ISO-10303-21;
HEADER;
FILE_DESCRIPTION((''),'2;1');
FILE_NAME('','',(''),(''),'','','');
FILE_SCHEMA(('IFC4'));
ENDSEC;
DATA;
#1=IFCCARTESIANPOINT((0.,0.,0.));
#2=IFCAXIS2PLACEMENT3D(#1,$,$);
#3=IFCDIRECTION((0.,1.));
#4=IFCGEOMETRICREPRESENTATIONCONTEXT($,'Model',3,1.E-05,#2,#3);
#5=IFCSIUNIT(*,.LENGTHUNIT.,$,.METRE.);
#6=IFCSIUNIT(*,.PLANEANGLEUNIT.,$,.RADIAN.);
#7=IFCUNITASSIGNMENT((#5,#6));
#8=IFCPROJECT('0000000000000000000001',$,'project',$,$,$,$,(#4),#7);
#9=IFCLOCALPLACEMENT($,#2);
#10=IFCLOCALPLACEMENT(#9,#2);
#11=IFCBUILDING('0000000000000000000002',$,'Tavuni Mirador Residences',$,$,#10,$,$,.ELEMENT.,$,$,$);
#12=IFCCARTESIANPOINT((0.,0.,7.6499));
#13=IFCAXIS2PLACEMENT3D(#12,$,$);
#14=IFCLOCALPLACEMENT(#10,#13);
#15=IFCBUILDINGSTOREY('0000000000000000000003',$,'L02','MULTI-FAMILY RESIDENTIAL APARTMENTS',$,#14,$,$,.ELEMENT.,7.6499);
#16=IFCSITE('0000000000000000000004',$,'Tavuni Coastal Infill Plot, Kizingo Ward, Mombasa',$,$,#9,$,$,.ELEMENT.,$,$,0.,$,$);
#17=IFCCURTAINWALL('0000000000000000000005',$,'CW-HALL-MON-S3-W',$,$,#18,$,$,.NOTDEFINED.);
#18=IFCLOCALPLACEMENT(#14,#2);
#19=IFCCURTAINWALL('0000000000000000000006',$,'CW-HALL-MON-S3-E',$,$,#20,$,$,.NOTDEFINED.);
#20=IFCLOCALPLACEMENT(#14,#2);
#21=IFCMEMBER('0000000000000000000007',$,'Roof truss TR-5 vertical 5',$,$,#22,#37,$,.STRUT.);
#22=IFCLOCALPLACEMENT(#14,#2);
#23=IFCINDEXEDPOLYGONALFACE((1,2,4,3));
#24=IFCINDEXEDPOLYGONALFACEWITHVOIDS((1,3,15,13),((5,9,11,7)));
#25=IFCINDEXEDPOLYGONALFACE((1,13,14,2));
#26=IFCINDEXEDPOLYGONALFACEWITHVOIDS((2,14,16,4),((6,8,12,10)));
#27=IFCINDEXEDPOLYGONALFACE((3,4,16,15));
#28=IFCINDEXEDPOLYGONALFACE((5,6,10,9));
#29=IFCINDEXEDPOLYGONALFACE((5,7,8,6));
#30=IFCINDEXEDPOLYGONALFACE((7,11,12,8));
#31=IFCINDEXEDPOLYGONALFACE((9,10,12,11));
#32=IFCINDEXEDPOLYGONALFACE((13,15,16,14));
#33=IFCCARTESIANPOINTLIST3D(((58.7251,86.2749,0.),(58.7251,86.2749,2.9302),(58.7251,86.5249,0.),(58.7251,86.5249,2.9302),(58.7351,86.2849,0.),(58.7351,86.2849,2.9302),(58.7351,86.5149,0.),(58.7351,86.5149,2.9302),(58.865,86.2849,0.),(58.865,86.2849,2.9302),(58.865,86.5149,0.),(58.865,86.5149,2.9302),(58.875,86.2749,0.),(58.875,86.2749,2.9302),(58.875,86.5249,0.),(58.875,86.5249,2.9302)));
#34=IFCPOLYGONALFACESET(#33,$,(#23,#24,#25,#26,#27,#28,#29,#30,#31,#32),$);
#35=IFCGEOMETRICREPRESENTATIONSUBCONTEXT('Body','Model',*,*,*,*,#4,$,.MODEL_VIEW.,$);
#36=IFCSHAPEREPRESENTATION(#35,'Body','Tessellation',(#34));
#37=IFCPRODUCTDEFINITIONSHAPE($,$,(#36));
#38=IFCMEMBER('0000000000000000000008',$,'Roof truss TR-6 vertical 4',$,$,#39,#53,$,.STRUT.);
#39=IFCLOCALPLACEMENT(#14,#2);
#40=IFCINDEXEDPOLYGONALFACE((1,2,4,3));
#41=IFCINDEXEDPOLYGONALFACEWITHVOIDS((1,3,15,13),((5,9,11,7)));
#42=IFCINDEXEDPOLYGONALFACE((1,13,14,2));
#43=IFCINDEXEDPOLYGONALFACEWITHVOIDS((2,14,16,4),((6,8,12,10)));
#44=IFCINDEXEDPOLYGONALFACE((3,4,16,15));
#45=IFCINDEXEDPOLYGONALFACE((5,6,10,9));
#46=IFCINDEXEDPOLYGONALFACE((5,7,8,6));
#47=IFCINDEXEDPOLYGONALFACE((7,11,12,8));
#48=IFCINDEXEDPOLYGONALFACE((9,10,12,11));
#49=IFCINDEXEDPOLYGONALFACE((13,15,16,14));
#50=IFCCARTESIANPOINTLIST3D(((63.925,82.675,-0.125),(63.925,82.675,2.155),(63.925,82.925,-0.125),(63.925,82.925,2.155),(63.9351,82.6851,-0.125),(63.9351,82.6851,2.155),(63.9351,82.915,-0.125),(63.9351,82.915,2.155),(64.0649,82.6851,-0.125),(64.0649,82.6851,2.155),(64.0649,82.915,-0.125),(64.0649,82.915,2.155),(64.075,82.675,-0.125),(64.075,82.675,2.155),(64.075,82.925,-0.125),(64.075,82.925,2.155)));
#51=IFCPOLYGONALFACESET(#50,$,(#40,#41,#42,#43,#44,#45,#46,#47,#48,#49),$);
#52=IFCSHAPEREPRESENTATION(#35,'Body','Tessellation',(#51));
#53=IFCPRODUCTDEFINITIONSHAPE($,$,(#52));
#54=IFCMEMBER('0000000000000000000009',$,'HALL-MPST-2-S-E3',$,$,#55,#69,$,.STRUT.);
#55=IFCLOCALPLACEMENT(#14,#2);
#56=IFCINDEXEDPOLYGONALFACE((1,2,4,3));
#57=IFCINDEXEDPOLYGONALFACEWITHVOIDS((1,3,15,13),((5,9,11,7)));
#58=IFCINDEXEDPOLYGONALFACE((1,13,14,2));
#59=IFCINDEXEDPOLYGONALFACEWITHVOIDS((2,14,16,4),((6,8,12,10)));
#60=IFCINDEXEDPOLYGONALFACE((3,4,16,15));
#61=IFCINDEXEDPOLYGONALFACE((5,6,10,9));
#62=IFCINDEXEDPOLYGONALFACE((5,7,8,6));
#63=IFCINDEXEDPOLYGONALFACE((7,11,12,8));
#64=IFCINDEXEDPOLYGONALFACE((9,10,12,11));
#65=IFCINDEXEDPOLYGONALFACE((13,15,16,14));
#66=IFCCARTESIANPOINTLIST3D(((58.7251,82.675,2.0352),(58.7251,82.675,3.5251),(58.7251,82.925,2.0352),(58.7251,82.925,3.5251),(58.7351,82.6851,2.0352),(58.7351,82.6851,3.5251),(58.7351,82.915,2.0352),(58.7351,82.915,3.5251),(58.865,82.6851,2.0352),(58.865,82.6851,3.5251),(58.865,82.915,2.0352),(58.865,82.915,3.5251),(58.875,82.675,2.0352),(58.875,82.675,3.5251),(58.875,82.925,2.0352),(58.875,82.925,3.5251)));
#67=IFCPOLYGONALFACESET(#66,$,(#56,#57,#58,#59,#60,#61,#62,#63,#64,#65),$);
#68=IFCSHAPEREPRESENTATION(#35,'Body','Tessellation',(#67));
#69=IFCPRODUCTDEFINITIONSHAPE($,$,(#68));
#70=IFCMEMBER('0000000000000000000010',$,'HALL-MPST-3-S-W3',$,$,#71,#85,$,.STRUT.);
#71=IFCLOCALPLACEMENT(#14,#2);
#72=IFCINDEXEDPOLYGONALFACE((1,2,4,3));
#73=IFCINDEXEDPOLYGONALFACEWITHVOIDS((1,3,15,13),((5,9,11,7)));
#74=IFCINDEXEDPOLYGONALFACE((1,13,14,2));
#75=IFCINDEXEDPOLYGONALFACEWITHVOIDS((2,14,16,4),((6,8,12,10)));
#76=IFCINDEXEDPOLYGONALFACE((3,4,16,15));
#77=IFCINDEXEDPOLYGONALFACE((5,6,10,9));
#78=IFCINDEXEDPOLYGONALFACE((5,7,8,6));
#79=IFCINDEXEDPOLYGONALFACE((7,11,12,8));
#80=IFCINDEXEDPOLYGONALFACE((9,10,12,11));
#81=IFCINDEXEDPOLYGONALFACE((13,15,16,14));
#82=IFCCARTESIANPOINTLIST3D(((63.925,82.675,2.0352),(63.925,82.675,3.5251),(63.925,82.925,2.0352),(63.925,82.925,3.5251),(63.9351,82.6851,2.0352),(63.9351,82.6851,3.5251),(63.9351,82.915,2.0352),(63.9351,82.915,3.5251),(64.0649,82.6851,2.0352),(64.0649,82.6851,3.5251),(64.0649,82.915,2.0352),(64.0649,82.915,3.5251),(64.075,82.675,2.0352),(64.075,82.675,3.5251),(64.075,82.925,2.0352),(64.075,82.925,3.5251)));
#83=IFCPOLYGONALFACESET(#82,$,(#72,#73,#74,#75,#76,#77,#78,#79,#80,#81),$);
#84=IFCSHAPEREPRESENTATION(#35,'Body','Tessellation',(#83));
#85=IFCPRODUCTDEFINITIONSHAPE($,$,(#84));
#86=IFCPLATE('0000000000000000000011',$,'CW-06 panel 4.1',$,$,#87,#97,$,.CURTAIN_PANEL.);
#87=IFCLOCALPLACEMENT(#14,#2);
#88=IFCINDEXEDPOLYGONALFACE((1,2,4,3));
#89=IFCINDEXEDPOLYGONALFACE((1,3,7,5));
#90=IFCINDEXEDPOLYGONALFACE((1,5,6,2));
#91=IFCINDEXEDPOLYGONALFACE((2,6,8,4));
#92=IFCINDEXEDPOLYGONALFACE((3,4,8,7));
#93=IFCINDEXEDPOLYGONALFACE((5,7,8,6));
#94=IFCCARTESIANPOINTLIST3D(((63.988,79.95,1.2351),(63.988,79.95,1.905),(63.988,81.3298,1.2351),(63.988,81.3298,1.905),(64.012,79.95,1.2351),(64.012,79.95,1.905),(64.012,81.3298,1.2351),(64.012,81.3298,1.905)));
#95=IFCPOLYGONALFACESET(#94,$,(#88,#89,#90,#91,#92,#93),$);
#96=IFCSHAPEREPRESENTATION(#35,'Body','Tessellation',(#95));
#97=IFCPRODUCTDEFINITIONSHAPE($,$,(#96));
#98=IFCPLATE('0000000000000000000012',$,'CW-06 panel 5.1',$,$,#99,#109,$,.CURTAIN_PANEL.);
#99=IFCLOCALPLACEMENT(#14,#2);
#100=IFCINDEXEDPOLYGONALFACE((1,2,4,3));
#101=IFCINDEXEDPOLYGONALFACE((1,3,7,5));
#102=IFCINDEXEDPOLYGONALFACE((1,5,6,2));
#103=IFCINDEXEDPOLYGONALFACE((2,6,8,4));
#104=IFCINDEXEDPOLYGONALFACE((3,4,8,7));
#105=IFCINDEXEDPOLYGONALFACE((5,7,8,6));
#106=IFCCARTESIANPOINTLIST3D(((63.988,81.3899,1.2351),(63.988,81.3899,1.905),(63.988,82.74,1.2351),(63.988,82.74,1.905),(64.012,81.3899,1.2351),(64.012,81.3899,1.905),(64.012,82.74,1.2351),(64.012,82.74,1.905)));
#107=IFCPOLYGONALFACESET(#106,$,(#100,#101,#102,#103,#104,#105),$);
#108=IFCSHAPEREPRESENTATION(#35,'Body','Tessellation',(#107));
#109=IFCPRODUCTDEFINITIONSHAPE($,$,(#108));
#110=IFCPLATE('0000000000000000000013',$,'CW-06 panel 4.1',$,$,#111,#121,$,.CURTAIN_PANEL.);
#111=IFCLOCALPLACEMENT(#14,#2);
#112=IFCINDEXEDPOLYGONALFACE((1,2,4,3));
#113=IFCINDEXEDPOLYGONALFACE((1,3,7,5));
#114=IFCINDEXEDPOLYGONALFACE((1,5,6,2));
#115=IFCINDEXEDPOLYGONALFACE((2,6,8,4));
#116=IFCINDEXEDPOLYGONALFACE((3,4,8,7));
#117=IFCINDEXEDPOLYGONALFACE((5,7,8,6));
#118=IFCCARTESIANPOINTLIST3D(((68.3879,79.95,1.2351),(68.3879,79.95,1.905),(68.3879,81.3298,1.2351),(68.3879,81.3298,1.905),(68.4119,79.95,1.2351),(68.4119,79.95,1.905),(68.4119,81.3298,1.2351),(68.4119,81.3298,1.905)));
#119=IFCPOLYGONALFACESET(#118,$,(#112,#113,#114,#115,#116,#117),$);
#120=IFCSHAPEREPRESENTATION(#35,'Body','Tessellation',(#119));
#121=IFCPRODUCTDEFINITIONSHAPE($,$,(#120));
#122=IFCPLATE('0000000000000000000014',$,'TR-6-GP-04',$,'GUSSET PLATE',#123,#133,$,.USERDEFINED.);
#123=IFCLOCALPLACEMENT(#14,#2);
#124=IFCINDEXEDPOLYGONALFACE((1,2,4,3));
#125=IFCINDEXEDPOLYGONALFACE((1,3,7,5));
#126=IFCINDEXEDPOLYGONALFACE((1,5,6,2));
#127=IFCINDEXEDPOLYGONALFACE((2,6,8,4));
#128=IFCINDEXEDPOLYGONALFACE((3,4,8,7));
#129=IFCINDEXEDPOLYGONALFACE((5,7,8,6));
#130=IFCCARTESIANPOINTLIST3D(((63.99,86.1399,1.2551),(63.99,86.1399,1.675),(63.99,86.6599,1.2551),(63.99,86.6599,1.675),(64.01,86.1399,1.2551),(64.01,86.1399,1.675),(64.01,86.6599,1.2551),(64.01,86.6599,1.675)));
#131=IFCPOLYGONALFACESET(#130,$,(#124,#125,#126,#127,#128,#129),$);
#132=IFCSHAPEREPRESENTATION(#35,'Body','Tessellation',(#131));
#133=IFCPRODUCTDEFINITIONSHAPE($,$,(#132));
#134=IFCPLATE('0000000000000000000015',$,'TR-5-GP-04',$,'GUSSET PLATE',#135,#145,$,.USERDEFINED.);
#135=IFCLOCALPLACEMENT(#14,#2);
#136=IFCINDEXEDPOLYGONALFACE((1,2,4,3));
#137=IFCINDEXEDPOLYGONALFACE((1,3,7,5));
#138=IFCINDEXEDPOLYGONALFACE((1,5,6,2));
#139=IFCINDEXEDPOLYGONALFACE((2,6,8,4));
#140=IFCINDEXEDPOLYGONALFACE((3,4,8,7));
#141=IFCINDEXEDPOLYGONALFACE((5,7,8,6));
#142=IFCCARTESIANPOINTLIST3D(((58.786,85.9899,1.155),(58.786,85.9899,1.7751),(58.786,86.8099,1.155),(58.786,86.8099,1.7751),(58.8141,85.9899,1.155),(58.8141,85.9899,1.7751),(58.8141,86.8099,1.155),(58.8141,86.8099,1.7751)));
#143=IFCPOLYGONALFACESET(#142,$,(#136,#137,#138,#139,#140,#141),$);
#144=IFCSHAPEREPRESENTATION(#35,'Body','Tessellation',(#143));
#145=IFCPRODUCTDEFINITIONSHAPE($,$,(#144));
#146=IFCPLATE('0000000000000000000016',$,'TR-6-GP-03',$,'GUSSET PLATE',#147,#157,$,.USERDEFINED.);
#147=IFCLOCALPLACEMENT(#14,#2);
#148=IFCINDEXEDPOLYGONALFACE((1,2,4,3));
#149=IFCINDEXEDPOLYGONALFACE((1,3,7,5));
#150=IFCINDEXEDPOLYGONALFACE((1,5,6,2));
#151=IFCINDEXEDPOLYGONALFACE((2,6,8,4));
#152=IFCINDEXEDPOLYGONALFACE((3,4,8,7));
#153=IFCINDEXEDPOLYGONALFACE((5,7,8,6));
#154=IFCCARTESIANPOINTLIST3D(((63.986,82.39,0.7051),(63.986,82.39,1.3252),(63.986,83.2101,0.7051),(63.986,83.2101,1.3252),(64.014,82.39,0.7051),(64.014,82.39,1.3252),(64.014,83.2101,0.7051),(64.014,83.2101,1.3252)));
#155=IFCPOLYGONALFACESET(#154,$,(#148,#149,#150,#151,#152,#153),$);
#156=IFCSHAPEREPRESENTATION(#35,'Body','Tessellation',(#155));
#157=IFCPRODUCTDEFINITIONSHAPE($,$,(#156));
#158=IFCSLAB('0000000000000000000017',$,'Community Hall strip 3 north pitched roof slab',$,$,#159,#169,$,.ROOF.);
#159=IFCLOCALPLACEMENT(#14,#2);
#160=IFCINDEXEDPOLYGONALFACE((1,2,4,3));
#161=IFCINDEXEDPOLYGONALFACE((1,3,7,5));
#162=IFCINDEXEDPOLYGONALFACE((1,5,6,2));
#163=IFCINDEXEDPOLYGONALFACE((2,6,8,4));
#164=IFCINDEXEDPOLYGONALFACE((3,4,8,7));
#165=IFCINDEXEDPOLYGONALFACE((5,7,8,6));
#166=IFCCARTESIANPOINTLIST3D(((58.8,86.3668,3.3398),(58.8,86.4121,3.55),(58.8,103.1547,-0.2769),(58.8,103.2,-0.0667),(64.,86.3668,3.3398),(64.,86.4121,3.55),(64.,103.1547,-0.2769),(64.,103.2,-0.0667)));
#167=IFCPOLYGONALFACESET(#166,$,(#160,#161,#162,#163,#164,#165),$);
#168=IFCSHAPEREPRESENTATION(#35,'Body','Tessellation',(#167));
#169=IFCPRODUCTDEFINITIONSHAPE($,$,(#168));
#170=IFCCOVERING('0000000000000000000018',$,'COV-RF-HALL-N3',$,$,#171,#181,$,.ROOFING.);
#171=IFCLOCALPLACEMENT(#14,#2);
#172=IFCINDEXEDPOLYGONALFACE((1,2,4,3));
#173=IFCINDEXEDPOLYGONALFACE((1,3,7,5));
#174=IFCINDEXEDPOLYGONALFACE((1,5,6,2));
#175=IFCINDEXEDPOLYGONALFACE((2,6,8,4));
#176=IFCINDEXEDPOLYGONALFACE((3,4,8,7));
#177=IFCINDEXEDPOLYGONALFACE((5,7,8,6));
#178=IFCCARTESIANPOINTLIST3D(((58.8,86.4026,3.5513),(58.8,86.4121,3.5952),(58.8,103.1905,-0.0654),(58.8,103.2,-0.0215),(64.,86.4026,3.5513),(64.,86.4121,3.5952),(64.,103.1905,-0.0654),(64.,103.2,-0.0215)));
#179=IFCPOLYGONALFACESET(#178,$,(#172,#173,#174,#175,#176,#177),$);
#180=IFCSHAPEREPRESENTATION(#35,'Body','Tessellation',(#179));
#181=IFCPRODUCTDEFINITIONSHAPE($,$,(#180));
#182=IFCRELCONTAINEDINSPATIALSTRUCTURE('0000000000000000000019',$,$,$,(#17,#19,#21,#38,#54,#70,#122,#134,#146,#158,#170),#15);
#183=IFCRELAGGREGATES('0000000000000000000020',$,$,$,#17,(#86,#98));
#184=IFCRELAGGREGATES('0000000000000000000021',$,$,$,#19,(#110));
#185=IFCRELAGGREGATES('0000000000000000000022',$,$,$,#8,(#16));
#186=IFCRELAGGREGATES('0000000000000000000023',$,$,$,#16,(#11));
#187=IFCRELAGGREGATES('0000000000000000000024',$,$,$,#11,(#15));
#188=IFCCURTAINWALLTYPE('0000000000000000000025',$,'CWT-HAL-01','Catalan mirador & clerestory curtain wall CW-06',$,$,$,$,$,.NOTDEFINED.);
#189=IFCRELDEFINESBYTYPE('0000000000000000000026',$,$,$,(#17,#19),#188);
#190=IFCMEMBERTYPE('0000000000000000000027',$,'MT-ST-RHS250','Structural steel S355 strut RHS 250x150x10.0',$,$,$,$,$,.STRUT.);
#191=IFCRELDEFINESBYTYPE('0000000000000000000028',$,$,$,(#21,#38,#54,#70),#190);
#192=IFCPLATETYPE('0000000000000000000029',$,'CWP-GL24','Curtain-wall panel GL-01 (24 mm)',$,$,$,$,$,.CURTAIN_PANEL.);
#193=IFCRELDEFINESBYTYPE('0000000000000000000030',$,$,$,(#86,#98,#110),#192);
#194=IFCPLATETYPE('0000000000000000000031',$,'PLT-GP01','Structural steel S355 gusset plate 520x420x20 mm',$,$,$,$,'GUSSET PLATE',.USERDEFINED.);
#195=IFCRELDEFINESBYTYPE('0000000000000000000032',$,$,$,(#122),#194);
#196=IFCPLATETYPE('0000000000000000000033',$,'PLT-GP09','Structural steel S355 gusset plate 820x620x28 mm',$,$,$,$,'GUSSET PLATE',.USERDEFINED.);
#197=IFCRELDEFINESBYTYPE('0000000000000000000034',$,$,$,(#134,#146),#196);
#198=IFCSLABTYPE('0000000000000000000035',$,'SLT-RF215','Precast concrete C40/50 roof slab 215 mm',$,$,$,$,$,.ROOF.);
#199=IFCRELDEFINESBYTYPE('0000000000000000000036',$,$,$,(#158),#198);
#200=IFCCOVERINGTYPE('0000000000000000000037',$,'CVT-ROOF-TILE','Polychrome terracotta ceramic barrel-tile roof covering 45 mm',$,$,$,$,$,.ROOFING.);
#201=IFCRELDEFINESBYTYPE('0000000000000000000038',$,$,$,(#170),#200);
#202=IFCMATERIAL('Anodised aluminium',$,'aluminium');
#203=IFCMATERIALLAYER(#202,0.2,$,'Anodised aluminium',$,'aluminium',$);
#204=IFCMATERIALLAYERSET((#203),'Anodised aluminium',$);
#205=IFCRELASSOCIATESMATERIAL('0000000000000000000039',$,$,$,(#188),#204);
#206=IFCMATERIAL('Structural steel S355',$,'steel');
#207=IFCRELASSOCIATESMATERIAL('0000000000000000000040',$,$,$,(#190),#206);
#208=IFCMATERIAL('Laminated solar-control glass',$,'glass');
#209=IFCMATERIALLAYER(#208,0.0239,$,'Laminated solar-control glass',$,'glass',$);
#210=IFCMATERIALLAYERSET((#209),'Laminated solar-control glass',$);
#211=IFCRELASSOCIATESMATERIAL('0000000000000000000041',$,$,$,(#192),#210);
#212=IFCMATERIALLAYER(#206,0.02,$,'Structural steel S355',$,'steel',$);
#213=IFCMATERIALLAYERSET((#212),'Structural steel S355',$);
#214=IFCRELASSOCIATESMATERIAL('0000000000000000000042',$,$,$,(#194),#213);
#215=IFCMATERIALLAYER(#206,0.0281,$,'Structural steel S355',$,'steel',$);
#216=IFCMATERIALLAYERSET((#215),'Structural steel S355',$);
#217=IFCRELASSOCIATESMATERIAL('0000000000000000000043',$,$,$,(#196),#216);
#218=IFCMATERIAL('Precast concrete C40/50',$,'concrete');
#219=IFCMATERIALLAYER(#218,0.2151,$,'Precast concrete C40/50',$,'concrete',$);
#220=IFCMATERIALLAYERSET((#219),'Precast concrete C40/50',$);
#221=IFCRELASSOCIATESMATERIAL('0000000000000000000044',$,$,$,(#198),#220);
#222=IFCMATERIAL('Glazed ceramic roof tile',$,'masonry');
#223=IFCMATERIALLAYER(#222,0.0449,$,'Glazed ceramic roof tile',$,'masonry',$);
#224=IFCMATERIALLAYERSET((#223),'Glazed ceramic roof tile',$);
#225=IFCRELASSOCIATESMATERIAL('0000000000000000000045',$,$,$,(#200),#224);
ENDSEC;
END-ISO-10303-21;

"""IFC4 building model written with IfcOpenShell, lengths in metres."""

from ifc_helpers import new_model, si_unit, direction, frame, origin, origin_2d, place, context, subcontext, project, spatial, polyline, rectangle, hollow_rectangle, outline, extrude, material, layer, layer_set, material_profile, profile_set, type_object, element, aggregate, save


model = new_model("IFC4")

# Units and contexts
model_context = context("Model", 3, precision=1e-05, world=origin(), true_north=direction((0.0, 1.0)))
body_context = subcontext(model_context, "Body", "Model", "MODEL_VIEW")
ifc_project = project(units=[si_unit("LENGTHUNIT", "METRE"), si_unit("PLANEANGLEUNIT", "RADIAN")], contexts=[model_context])

# Site, building, storey
site_placement = place(None, origin())
site = spatial("IfcSite", under=ifc_project, at=site_placement, Name="Tavuni Coastal Infill Plot, Kizingo Ward, Mombasa", CompositionType="ELEMENT", RefElevation=0.0)
building_placement = place(site_placement, origin())
building = spatial("IfcBuilding", under=site, at=building_placement, Name="Tavuni Mirador Residences", CompositionType="ELEMENT")
storey_placement = place(building_placement, frame((0.0, 0.0, 7.6499)))
storey = spatial("IfcBuildingStorey", under=building, at=storey_placement, Name="L02", Description="MULTI-FAMILY RESIDENTIAL APARTMENTS", CompositionType="ELEMENT", Elevation=7.6499)

# Curtain walls
ifc_material_1 = material(Name="Anodised aluminium", Category="aluminium")
ifc_layer_1 = layer(ifc_material_1, 0.2, Name="Anodised aluminium", Category="aluminium")
ifc_layer_set_1 = layer_set([ifc_layer_1], Name="Anodised aluminium")
curtain_wall_type = type_object("IfcCurtainWallType", Name="CWT-HAL-01", Description="Catalan mirador & clerestory curtain wall CW-06", PredefinedType="NOTDEFINED", material=ifc_layer_set_1)
curtain_wall_1_placement = place(storey_placement, origin())
curtain_wall_1 = element("IfcCurtainWall", 1, at=curtain_wall_1_placement, inside=storey, type_object=curtain_wall_type, Name="CW-HALL-MON-S3-W", PredefinedType="NOTDEFINED")
curtain_wall_2_placement = place(storey_placement, origin())
curtain_wall_2 = element("IfcCurtainWall", 2, at=curtain_wall_2_placement, inside=storey, type_object=curtain_wall_type, Name="CW-HALL-MON-S3-E", PredefinedType="NOTDEFINED")

# Members
ifc_material_2 = material(Name="Structural steel S355", Category="steel")
ifc_material_profile_1 = material_profile(ifc_material_2, hollow_rectangle(XDim=0.1499, YDim=0.25, WallThickness=0.01, at=origin_2d()), Name="RHS 250x150x10.0", Category="steel")
ifc_profile_set_1 = profile_set([ifc_material_profile_1], Name="Structural steel S355")
member_type_1 = type_object("IfcMemberType", Name="MT-ST-RHS250", Description="Structural steel S355 strut RHS 250x150x10.0", PredefinedType="STRUT", material=ifc_profile_set_1)
member_1_placement = place(storey_placement, frame((58.8, 86.3999, 0.0), z_axis=(0.0, 0.0, 1.0), x_axis=(1.0, 0.0, 0.0)))
element("IfcMember", 3, at=member_1_placement, inside=storey, type_object=member_type_1, Name="Roof truss TR-5 vertical 5", PredefinedType="STRUT", context=body_context, shape_type="SweptSolid", body=[
    extrude(hollow_rectangle(XDim=0.1499, YDim=0.25, WallThickness=0.01, at=origin_2d()), origin(), (0.0, 0.0, 1.0), 2.9302),
])
member_2_placement = place(storey_placement, frame((64.0, 82.8, -0.125), z_axis=(0.0, 0.0, 1.0), x_axis=(1.0, 0.0, 0.0)))
element("IfcMember", 4, at=member_2_placement, inside=storey, type_object=member_type_1, Name="Roof truss TR-6 vertical 4", PredefinedType="STRUT", context=body_context, shape_type="SweptSolid", body=[
    extrude(hollow_rectangle(XDim=0.1499, YDim=0.25, WallThickness=0.01, at=origin_2d()), origin(), (0.0, 0.0, 1.0), 2.28),
])
for number, where, z_axis, x_axis, name in (
    (5, (58.8, 82.8, 2.0352), (0.0, 0.0, 1.0), (1.0, 0.0, 0.0), "HALL-MPST-2-S-E3"),
    (6, (64.0, 82.8, 2.0352), (0.0, 0.0, 1.0), (1.0, 0.0, 0.0), "HALL-MPST-3-S-W3"),
):
    element("IfcMember", number, at=place(storey_placement, frame(where, z_axis=z_axis, x_axis=x_axis)), inside=storey, type_object=member_type_1, Name=name, PredefinedType="STRUT", context=body_context, shape_type="SweptSolid", body=[
        extrude(hollow_rectangle(XDim=0.1499, YDim=0.25, WallThickness=0.01, at=origin_2d()), origin(), (0.0, 0.0, 1.0), 1.49),
    ])

# Plates
ifc_material_3 = material(Name="Laminated solar-control glass", Category="glass")
ifc_layer_2 = layer(ifc_material_3, 0.0239, Name="Laminated solar-control glass", Category="glass")
ifc_layer_set_2 = layer_set([ifc_layer_2], Name="Laminated solar-control glass")
plate_type_1 = type_object("IfcPlateType", Name="CWP-GL24", Description="Curtain-wall panel GL-01 (24 mm)", PredefinedType="CURTAIN_PANEL", material=ifc_layer_set_2)
plate_1_placement = place(storey_placement, frame((64.0, 80.6399, 1.2351), z_axis=(0.0, 0.0, 1.0), x_axis=(0.0, 1.0, 0.0)))
plate_1 = element("IfcPlate", 7, at=plate_1_placement, type_object=plate_type_1, Name="CW-06 panel 4.1", PredefinedType="CURTAIN_PANEL", context=body_context, shape_type="SweptSolid", body=[
    extrude(rectangle(XDim=1.3799, YDim=0.0239, at=origin_2d()), origin(), (0.0, 0.0, 1.0), 0.6699),
])
plate_2_placement = place(storey_placement, frame((64.0, 82.0649, 1.2351), z_axis=(0.0, 0.0, 1.0), x_axis=(0.0, 1.0, 0.0)))
plate_2 = element("IfcPlate", 8, at=plate_2_placement, type_object=plate_type_1, Name="CW-06 panel 5.1", PredefinedType="CURTAIN_PANEL", context=body_context, shape_type="SweptSolid", body=[
    extrude(rectangle(XDim=1.3501, YDim=0.0239, at=origin_2d()), origin(), (0.0, 0.0, 1.0), 0.6699),
])
aggregate(curtain_wall_1, [plate_1, plate_2])
plate_3_placement = place(storey_placement, frame((68.3999, 80.6399, 1.2351), z_axis=(0.0, 0.0, 1.0), x_axis=(0.0, 1.0, 0.0)))
plate_3 = element("IfcPlate", 9, at=plate_3_placement, type_object=plate_type_1, Name="CW-06 panel 4.1", PredefinedType="CURTAIN_PANEL", context=body_context, shape_type="SweptSolid", body=[
    extrude(rectangle(XDim=1.3799, YDim=0.0239, at=origin_2d()), origin(), (0.0, 0.0, 1.0), 0.6699),
])
aggregate(curtain_wall_2, [plate_3])

# Plates
ifc_layer_3 = layer(ifc_material_2, 0.02, Name="Structural steel S355", Category="steel")
ifc_layer_set_3 = layer_set([ifc_layer_3], Name="Structural steel S355")
plate_type_2 = type_object("IfcPlateType", Name="PLT-GP01", Description="Structural steel S355 gusset plate 520x420x20 mm", ElementType="GUSSET PLATE", PredefinedType="USERDEFINED", material=ifc_layer_set_3)
plate_4_placement = place(storey_placement, frame((64.0, 86.3999, 1.2551), z_axis=(0.0, 0.0, 1.0), x_axis=(0.0, 1.0, 0.0)))
element("IfcPlate", 10, at=plate_4_placement, inside=storey, type_object=plate_type_2, Name="TR-6-GP-04", ObjectType="GUSSET PLATE", PredefinedType="USERDEFINED", context=body_context, shape_type="SweptSolid", body=[
    extrude(rectangle(XDim=0.52, YDim=0.02, at=origin_2d()), origin(), (0.0, 0.0, 1.0), 0.4199),
])
ifc_layer_4 = layer(ifc_material_2, 0.0281, Name="Structural steel S355", Category="steel")
ifc_layer_set_4 = layer_set([ifc_layer_4], Name="Structural steel S355")
plate_type_3 = type_object("IfcPlateType", Name="PLT-GP09", Description="Structural steel S355 gusset plate 820x620x28 mm", ElementType="GUSSET PLATE", PredefinedType="USERDEFINED", material=ifc_layer_set_4)
for number, where, z_axis, x_axis, name in (
    (11, (58.8, 86.3999, 1.155), (0.0, 0.0, 1.0), (0.0, 1.0, 0.0), "TR-5-GP-04"),
    (12, (64.0, 82.8, 0.7051), (0.0, 0.0, 1.0), (0.0, 1.0, 0.0), "TR-6-GP-03"),
):
    element("IfcPlate", number, at=place(storey_placement, frame(where, z_axis=z_axis, x_axis=x_axis)), inside=storey, type_object=plate_type_3, Name=name, ObjectType="GUSSET PLATE", PredefinedType="USERDEFINED", context=body_context, shape_type="SweptSolid", body=[
        extrude(rectangle(XDim=0.8201, YDim=0.0281, at=origin_2d()), origin(), (0.0, 0.0, 1.0), 0.6201),
    ])

# Slab
ifc_material_4 = material(Name="Precast concrete C40/50", Category="concrete")
ifc_layer_5 = layer(ifc_material_4, 0.2151, Name="Precast concrete C40/50", Category="concrete")
ifc_layer_set_5 = layer_set([ifc_layer_5], Name="Precast concrete C40/50")
slab_type = type_object("IfcSlabType", Name="SLT-RF215", Description="Precast concrete C40/50 roof slab 215 mm", PredefinedType="ROOF", material=ifc_layer_set_5)
slab_placement = place(storey_placement, frame((58.8, 86.4121, 3.55), z_axis=(0.0, 0.210604, 0.977572), x_axis=(1.0, 0.0, 0.0)))
element("IfcSlab", 13, at=slab_placement, inside=storey, type_object=slab_type, Name="Community Hall strip 3 north pitched roof slab", PredefinedType="ROOF", context=body_context, shape_type="SweptSolid", body=[
    extrude(outline(polyline([(0.0, 0.0), (5.2, 0.0), (5.2, 17.173), (0.0, 17.173), (0.0, 0.0)])), origin(), (0.0, 0.0, -1.0), 0.2151),
])

# Covering
ifc_material_5 = material(Name="Glazed ceramic roof tile", Category="masonry")
ifc_layer_6 = layer(ifc_material_5, 0.0449, Name="Glazed ceramic roof tile", Category="masonry")
ifc_layer_set_6 = layer_set([ifc_layer_6], Name="Glazed ceramic roof tile")
covering_type = type_object("IfcCoveringType", Name="CVT-ROOF-TILE", Description="Polychrome terracotta ceramic barrel-tile roof covering 45 mm", PredefinedType="ROOFING", material=ifc_layer_set_6)
covering_placement = place(storey_placement, frame((58.8, 86.4121, 3.5952), z_axis=(0.0, 0.210604, 0.977572), x_axis=(1.0, 0.0, 0.0)))
element("IfcCovering", 14, at=covering_placement, inside=storey, type_object=covering_type, Name="COV-RF-HALL-N3", PredefinedType="ROOFING", context=body_context, shape_type="SweptSolid", body=[
    extrude(outline(polyline([(0.0, 0.0), (5.2, 0.0), (5.2, 17.173), (0.0, 17.173), (0.0, 0.0)])), origin(), (0.0, 0.0, -1.0), 0.0449),
])

save(model, "model.ifc")
